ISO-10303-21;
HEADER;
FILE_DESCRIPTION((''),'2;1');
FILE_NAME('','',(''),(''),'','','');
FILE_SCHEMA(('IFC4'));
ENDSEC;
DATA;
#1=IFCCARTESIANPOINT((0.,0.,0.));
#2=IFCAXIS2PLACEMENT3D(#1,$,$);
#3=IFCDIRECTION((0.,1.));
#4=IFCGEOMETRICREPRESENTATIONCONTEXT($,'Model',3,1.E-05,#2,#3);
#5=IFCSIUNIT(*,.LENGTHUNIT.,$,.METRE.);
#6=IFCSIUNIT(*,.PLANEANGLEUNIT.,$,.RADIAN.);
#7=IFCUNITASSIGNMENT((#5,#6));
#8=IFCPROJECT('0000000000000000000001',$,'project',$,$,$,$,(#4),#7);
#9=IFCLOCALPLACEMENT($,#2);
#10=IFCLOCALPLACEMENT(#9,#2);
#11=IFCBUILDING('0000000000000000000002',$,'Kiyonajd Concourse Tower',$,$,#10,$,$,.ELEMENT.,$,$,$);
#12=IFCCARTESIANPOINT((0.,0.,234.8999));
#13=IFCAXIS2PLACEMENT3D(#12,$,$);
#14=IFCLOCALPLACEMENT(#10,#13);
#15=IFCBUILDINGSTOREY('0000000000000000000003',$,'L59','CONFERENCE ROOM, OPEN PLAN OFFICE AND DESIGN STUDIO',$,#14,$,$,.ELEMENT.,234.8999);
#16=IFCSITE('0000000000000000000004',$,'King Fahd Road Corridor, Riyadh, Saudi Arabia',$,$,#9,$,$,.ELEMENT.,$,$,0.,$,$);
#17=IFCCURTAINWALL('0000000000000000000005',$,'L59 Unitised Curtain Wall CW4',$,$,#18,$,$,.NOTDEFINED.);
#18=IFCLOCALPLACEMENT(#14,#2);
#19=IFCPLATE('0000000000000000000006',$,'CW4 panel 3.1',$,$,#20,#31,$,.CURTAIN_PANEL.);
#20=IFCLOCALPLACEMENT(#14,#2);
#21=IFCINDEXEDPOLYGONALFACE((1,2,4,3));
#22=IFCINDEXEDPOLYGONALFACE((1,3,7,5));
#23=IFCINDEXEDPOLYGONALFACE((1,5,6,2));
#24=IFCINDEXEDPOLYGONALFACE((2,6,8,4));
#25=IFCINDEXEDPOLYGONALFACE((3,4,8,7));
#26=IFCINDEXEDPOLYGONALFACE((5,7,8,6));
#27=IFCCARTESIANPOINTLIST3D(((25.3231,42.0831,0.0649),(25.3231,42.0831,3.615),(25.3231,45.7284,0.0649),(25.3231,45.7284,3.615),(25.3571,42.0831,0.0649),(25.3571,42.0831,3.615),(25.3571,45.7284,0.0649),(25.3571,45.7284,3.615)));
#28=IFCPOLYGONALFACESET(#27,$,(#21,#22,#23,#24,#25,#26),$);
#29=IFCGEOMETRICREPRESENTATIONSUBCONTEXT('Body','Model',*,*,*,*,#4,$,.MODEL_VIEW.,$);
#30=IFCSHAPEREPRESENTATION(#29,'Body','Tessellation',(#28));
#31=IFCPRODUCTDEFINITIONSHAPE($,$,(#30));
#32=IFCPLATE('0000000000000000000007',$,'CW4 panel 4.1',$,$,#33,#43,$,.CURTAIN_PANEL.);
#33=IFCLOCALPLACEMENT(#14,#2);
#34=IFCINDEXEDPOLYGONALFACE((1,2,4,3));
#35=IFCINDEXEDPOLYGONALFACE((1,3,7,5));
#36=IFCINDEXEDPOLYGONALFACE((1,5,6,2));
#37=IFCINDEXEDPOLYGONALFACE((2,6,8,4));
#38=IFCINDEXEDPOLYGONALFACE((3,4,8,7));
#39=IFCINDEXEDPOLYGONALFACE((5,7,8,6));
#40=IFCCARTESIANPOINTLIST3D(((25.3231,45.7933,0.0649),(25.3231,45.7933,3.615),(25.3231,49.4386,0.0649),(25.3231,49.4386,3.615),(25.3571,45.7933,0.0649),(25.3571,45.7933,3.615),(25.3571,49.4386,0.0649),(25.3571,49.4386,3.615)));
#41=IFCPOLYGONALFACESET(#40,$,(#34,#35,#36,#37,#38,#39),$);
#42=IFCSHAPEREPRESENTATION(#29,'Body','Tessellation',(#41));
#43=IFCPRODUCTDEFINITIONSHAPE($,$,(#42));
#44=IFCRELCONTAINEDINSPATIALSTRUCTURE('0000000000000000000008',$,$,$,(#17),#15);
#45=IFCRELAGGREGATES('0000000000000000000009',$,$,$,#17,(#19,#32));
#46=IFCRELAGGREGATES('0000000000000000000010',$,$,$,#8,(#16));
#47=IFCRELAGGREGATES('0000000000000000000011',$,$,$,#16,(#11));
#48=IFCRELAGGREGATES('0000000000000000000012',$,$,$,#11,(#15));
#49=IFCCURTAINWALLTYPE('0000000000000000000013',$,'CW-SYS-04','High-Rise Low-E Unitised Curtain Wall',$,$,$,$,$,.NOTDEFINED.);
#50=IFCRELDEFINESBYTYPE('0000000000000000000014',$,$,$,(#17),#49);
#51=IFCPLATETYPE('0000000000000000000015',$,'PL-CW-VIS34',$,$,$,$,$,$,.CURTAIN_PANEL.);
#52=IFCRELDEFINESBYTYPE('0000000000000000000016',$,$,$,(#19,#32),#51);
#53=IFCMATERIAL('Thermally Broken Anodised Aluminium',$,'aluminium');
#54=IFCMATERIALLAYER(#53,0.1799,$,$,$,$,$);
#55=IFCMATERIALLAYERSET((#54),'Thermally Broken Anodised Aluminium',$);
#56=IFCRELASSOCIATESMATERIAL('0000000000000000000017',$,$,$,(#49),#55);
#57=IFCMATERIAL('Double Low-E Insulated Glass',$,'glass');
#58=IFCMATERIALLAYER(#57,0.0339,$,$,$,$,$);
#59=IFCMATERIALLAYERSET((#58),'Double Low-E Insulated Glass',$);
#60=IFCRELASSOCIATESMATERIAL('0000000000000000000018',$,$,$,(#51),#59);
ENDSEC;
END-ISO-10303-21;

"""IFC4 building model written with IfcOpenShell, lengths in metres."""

from ifc_helpers import new_model, si_unit, direction, frame, origin, origin_2d, place, context, subcontext, project, spatial, rectangle, extrude, material, layer, layer_set, type_object, element, aggregate, save


model = new_model("IFC4")

# Units and contexts
model_context = context("Model", 3, precision=1e-05, world=origin(), true_north=direction((0.0, 1.0)))
body_context = subcontext(model_context, "Body", "Model", "MODEL_VIEW")
ifc_project = project(units=[si_unit("LENGTHUNIT", "METRE"), si_unit("PLANEANGLEUNIT", "RADIAN")], contexts=[model_context])

# Site, building, storey
site_placement = place(None, origin())
site = spatial("IfcSite", under=ifc_project, at=site_placement, Name="King Fahd Road Corridor, Riyadh, Saudi Arabia", CompositionType="ELEMENT", RefElevation=0.0)
building_placement = place(site_placement, origin())
building = spatial("IfcBuilding", under=site, at=building_placement, Name="Kiyonajd Concourse Tower", CompositionType="ELEMENT")
storey_placement = place(building_placement, frame((0.0, 0.0, 234.8999)))
storey = spatial("IfcBuildingStorey", under=building, at=storey_placement, Name="L59", Description="CONFERENCE ROOM, OPEN PLAN OFFICE AND DESIGN STUDIO", CompositionType="ELEMENT", Elevation=234.8999)

# Curtain wall, plates
ifc_material_1 = material(Name="Thermally Broken Anodised Aluminium", Category="aluminium")
ifc_layer_1 = layer(ifc_material_1, 0.1799)
ifc_layer_set_1 = layer_set([ifc_layer_1], Name="Thermally Broken Anodised Aluminium")
curtain_wall_type = type_object("IfcCurtainWallType", Name="CW-SYS-04", Description="High-Rise Low-E Unitised Curtain Wall", PredefinedType="NOTDEFINED", material=ifc_layer_set_1)
curtain_wall_placement = place(storey_placement, origin())
curtain_wall = element("IfcCurtainWall", 1, at=curtain_wall_placement, inside=storey, type_object=curtain_wall_type, Name="L59 Unitised Curtain Wall CW4", PredefinedType="NOTDEFINED")
ifc_material_2 = material(Name="Double Low-E Insulated Glass", Category="glass")
ifc_layer_2 = layer(ifc_material_2, 0.0339)
ifc_layer_set_2 = layer_set([ifc_layer_2], Name="Double Low-E Insulated Glass")
plate_type = type_object("IfcPlateType", Name="PL-CW-VIS34", PredefinedType="CURTAIN_PANEL", material=ifc_layer_set_2)
plate_1_placement = place(storey_placement, frame((25.3401, 43.9058, 0.0649), z_axis=(0.0, 0.0, 1.0), x_axis=(0.0, 1.0, 0.0)))
plate_1 = element("IfcPlate", 2, at=plate_1_placement, type_object=plate_type, Name="CW4 panel 3.1", PredefinedType="CURTAIN_PANEL", context=body_context, shape_type="SweptSolid", body=[
    extrude(rectangle(XDim=3.6453, YDim=0.0339, at=origin_2d()), origin(), (0.0, 0.0, 1.0), 3.55),
])
plate_2_placement = place(storey_placement, frame((25.3401, 47.616, 0.0649), z_axis=(0.0, 0.0, 1.0), x_axis=(0.0, 1.0, 0.0)))
plate_2 = element("IfcPlate", 3, at=plate_2_placement, type_object=plate_type, Name="CW4 panel 4.1", PredefinedType="CURTAIN_PANEL", context=body_context, shape_type="SweptSolid", body=[
    extrude(rectangle(XDim=3.6453, YDim=0.0339, at=origin_2d()), origin(), (0.0, 0.0, 1.0), 3.55),
])
aggregate(curtain_wall, [plate_1, plate_2])

save(model, "model.ifc")
